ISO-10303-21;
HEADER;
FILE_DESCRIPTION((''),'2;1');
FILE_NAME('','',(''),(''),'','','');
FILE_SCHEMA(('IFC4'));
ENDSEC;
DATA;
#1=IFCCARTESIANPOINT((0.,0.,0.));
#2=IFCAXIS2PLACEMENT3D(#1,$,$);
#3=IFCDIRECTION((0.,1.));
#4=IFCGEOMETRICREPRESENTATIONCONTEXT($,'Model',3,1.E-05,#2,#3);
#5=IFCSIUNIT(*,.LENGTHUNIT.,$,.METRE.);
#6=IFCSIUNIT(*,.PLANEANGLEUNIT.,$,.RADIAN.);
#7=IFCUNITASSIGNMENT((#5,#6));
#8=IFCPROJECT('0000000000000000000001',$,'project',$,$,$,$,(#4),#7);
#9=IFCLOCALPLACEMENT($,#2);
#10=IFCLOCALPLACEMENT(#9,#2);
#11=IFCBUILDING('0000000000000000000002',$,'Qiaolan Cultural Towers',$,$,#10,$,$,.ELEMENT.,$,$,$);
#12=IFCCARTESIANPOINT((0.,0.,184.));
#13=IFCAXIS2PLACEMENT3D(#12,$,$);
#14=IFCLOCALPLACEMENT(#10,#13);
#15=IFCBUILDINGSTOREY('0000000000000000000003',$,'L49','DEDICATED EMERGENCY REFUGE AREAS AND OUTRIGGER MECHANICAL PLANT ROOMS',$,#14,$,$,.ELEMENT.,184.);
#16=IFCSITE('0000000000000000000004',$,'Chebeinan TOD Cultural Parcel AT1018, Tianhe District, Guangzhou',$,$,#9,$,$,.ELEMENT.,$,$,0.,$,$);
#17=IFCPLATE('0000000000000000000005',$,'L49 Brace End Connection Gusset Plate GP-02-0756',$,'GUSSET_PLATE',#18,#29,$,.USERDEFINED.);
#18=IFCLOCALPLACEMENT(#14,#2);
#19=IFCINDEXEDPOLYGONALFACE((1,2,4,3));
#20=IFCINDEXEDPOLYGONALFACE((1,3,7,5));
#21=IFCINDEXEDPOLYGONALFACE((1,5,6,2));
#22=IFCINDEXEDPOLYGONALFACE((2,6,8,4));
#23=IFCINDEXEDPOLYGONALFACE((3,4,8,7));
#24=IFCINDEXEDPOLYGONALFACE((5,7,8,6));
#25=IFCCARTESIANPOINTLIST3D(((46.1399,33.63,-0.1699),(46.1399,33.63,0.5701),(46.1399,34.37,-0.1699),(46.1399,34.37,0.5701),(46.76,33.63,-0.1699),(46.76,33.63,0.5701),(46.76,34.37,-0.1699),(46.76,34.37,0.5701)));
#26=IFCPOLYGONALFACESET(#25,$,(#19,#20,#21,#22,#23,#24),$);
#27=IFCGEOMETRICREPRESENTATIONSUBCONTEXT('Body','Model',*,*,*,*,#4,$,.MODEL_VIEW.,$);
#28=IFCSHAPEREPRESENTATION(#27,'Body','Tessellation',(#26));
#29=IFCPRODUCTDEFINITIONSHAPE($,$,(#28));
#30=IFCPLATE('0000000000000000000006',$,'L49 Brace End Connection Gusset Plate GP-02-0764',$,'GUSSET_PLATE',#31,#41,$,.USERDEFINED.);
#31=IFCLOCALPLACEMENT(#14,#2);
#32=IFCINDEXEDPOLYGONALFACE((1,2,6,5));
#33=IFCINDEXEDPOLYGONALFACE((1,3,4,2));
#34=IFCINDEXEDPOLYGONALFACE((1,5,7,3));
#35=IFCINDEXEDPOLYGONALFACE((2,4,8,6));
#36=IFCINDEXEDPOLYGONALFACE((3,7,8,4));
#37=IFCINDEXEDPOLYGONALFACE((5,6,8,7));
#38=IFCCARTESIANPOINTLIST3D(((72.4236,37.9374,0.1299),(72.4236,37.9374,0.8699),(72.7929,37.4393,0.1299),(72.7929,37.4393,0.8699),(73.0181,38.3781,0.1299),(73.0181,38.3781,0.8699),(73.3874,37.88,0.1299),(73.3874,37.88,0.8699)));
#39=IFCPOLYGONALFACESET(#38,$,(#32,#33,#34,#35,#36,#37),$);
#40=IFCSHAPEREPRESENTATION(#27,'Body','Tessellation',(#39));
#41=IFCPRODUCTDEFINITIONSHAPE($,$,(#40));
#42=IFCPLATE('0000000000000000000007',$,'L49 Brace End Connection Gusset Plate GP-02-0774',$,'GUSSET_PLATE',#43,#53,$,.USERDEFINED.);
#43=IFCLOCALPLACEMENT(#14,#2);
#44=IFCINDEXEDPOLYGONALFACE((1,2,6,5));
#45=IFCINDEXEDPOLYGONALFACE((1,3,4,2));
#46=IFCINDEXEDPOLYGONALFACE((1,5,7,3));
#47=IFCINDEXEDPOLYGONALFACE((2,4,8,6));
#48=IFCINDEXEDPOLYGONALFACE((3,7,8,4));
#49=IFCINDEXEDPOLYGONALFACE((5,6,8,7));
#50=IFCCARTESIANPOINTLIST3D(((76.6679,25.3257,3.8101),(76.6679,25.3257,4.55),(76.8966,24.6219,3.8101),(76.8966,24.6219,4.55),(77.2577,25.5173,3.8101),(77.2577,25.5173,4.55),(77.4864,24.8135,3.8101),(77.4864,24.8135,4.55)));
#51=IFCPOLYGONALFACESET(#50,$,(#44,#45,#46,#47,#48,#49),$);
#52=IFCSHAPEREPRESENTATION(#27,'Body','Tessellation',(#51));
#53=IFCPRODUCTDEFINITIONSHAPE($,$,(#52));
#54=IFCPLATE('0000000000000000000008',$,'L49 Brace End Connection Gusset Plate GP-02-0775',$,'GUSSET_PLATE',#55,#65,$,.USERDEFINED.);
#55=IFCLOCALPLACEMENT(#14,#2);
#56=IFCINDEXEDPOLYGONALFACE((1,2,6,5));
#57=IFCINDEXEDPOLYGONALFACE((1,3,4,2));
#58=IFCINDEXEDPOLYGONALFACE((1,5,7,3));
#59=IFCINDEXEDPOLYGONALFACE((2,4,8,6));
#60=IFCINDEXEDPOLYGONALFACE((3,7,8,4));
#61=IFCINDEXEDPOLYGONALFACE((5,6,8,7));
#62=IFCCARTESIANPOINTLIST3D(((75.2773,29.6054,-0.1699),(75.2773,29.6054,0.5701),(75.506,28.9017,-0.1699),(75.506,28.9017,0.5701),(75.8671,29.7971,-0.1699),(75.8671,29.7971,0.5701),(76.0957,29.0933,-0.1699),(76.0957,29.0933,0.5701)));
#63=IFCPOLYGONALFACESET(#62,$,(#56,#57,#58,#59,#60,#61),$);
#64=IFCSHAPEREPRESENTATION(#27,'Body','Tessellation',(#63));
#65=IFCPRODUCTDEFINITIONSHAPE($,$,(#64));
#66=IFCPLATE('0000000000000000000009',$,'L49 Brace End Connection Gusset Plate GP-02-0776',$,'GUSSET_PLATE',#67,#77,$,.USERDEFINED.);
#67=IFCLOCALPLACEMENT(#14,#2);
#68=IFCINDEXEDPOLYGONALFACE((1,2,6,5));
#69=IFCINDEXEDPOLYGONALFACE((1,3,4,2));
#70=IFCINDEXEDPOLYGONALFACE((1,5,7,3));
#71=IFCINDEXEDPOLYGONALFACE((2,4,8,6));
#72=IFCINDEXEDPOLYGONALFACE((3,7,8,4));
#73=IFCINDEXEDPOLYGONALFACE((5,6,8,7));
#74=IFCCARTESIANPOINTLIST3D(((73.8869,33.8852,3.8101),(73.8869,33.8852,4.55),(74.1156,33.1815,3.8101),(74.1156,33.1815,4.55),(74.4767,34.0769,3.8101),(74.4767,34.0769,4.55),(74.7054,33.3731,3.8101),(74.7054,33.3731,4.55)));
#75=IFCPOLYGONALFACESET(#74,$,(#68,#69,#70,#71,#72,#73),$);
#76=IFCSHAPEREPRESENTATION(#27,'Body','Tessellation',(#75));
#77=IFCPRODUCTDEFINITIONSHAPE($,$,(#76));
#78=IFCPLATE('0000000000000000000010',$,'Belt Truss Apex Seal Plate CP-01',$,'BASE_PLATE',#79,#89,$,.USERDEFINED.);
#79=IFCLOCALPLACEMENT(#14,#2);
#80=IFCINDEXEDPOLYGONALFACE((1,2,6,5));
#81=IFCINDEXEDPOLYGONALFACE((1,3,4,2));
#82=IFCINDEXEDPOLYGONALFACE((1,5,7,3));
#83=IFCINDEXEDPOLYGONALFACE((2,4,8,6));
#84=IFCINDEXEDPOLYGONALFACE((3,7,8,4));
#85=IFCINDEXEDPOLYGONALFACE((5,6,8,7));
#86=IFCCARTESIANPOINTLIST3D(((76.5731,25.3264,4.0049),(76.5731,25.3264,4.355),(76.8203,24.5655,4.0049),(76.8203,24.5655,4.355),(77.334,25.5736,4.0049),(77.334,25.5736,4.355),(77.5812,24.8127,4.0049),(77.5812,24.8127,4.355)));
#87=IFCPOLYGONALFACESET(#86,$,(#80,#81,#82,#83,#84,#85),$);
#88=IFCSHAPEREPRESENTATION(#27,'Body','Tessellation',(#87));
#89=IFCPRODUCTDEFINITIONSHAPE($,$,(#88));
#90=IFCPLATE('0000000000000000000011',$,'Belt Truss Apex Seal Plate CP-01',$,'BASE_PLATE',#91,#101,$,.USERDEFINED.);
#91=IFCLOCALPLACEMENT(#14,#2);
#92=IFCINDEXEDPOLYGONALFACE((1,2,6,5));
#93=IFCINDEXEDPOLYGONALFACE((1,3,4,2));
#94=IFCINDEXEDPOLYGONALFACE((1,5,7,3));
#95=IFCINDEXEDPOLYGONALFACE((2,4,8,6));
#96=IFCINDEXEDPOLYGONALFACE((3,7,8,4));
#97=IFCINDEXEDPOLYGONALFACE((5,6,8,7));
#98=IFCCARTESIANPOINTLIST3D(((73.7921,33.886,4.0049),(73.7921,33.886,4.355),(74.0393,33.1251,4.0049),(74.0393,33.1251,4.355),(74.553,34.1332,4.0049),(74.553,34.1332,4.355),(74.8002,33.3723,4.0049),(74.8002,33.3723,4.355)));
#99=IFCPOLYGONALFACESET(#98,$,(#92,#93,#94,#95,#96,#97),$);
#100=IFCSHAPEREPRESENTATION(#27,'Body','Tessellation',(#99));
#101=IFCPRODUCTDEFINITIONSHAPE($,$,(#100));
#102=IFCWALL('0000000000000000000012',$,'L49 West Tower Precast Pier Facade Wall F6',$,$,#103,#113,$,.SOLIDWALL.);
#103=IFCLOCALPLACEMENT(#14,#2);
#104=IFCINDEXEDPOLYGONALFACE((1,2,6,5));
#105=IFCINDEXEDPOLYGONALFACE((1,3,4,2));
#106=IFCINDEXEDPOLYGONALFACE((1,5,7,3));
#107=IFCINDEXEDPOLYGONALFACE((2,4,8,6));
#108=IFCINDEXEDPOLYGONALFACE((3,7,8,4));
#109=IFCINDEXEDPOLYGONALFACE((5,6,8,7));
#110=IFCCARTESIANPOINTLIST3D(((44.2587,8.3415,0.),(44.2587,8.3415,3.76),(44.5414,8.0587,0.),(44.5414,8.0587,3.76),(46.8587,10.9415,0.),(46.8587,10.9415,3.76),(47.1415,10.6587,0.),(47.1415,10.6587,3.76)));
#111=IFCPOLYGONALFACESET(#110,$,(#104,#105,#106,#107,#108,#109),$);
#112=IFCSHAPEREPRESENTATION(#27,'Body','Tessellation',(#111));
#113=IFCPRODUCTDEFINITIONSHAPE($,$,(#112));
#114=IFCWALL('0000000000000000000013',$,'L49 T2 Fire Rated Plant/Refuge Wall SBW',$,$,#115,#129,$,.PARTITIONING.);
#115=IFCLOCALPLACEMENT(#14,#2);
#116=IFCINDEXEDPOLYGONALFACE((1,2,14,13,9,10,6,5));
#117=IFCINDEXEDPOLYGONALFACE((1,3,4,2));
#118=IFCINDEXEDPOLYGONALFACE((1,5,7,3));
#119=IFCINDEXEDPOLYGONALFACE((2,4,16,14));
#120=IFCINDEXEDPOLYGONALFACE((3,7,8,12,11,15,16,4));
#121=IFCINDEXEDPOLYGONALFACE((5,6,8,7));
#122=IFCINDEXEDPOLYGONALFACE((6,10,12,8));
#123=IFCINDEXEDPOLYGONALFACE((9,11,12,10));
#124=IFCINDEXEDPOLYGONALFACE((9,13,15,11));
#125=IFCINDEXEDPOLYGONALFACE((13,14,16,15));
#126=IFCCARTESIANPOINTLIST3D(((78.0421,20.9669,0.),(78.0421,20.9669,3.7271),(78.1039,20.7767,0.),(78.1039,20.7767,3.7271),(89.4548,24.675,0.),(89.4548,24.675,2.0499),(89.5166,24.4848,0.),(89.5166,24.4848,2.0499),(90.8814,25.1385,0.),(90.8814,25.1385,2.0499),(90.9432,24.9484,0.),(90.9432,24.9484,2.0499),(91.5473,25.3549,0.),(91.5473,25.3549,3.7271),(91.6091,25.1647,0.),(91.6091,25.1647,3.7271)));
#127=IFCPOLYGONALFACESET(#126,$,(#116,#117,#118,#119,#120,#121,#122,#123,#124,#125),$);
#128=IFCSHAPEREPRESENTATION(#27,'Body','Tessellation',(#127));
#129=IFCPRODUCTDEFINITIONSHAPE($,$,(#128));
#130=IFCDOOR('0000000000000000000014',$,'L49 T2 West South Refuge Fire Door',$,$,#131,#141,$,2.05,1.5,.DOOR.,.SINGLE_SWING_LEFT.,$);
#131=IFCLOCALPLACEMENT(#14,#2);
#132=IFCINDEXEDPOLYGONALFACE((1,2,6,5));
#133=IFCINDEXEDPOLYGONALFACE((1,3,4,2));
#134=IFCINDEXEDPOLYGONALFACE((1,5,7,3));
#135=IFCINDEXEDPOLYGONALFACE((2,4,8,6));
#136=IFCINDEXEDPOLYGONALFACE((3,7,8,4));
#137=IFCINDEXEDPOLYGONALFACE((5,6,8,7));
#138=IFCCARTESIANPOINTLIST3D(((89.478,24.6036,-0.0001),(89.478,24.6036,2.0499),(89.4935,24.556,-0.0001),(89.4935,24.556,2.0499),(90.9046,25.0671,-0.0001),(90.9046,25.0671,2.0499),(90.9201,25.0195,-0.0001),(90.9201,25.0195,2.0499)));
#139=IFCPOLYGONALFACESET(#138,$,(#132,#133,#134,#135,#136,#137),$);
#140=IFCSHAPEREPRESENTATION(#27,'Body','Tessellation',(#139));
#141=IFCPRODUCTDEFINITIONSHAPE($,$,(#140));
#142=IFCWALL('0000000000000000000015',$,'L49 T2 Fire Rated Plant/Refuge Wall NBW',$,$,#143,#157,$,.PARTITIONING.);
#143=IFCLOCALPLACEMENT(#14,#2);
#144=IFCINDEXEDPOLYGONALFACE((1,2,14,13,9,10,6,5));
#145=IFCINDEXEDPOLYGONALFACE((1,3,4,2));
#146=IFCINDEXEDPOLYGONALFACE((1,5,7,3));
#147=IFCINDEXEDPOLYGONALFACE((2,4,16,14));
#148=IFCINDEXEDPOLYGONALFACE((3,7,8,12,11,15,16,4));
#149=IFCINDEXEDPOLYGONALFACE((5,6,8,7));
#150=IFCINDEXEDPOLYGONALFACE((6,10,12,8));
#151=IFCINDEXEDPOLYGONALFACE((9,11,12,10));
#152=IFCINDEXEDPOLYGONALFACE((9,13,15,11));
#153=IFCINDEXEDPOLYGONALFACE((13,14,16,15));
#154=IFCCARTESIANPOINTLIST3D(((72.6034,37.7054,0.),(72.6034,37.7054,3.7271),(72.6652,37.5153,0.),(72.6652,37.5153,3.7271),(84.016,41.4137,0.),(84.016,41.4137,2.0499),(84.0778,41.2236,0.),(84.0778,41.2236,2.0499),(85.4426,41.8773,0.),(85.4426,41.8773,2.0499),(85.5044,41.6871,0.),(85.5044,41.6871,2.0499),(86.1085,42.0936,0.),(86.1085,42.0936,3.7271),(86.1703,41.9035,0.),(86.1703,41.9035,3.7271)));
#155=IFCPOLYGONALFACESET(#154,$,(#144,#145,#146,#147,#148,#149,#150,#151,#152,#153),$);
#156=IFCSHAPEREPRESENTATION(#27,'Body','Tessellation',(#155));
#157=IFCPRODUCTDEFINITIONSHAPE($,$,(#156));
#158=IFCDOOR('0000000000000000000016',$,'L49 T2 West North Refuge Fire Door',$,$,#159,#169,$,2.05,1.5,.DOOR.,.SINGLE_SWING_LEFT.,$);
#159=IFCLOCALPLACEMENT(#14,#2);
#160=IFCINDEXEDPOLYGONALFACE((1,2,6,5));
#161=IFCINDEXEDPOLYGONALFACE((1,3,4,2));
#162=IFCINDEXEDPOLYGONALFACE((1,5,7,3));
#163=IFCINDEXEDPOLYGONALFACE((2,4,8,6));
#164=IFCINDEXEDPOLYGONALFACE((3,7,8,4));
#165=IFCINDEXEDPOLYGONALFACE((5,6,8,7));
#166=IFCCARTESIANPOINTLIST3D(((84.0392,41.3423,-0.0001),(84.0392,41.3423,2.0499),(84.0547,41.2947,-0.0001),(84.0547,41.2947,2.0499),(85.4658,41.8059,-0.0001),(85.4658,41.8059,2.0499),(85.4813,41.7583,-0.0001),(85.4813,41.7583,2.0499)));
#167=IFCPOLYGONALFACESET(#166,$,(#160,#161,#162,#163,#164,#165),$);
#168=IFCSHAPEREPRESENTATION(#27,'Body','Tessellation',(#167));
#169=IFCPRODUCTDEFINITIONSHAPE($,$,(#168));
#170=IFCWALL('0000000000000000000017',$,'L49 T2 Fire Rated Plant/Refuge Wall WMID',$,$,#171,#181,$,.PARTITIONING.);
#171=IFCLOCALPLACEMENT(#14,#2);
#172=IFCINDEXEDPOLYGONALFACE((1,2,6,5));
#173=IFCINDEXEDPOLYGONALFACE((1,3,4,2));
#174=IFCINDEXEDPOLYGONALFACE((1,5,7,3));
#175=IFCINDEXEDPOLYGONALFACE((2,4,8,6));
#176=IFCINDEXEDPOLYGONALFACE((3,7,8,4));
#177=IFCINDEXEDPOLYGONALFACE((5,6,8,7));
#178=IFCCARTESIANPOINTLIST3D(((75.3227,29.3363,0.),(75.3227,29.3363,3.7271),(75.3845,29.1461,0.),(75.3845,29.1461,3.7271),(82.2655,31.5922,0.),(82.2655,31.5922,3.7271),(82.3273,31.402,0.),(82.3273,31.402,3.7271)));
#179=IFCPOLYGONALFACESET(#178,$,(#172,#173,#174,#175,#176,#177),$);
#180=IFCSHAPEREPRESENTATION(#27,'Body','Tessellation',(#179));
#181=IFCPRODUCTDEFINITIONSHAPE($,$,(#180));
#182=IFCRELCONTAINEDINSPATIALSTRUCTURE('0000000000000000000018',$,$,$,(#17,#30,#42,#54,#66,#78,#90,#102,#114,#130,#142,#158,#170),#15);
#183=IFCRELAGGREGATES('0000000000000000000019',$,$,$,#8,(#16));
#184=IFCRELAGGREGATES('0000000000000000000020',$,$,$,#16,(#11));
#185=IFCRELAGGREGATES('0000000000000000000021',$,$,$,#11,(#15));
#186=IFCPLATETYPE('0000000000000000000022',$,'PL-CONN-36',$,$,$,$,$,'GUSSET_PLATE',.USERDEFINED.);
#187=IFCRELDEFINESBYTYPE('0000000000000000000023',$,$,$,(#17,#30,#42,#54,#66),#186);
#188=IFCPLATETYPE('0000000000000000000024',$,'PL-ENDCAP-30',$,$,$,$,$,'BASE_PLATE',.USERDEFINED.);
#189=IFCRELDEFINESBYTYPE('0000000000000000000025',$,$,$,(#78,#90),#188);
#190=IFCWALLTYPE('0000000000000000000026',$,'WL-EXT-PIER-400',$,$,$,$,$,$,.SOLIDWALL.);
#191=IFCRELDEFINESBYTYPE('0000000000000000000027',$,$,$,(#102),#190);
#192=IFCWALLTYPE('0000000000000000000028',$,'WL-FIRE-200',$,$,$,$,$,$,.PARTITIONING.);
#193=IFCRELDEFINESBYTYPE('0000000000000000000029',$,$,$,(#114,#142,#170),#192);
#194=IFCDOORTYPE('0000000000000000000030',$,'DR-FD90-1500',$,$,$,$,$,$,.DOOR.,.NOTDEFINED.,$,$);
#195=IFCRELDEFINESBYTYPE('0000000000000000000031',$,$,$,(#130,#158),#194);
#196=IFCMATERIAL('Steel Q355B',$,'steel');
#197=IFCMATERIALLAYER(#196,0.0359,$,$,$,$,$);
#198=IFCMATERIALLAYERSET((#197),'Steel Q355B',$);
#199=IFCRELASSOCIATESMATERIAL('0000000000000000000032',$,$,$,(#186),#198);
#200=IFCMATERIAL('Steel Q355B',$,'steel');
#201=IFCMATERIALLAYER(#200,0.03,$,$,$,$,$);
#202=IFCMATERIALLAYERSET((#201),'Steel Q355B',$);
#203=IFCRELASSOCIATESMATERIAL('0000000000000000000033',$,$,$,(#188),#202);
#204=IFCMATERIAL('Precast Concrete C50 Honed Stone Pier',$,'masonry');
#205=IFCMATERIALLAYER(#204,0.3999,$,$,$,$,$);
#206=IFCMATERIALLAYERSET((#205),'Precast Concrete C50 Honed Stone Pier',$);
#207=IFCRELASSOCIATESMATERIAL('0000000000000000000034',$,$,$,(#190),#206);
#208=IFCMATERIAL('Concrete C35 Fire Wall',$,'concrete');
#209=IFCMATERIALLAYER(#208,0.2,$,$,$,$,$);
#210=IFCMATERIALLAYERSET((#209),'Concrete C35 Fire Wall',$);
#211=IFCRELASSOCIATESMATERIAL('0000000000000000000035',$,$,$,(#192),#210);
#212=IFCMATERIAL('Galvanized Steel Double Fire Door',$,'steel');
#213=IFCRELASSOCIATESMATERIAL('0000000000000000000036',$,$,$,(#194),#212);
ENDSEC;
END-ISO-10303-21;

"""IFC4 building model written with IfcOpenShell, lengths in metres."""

from ifc_helpers import new_model, si_unit, direction, frame, frame_2d, origin, origin_2d, place, context, subcontext, project, spatial, rectangle, extrude, material, layer, layer_set, type_object, element, fill, save


model = new_model("IFC4")

# Units and contexts
model_context = context("Model", 3, precision=1e-05, world=origin(), true_north=direction((0.0, 1.0)))
body_context = subcontext(model_context, "Body", "Model", "MODEL_VIEW")
ifc_project = project(units=[si_unit("LENGTHUNIT", "METRE"), si_unit("PLANEANGLEUNIT", "RADIAN")], contexts=[model_context])

# Site, building, storey
site_placement = place(None, origin())
site = spatial("IfcSite", under=ifc_project, at=site_placement, Name="Chebeinan TOD Cultural Parcel AT1018, Tianhe District, Guangzhou", CompositionType="ELEMENT", RefElevation=0.0)
building_placement = place(site_placement, origin())
building = spatial("IfcBuilding", under=site, at=building_placement, Name="Qiaolan Cultural Towers", CompositionType="ELEMENT")
storey_placement = place(building_placement, frame((0.0, 0.0, 184.0)))
storey = spatial("IfcBuildingStorey", under=building, at=storey_placement, Name="L49", Description="DEDICATED EMERGENCY REFUGE AREAS AND OUTRIGGER MECHANICAL PLANT ROOMS", CompositionType="ELEMENT", Elevation=184.0)

# Plates
ifc_material_1 = material(Name="Steel Q355B", Category="steel")
ifc_layer_1 = layer(ifc_material_1, 0.0359)
ifc_layer_set_1 = layer_set([ifc_layer_1], Name="Steel Q355B")
plate_type_1 = type_object("IfcPlateType", Name="PL-CONN-36", ElementType="GUSSET_PLATE", PredefinedType="USERDEFINED", material=ifc_layer_set_1)
for number, where, z_axis, x_axis, name in (
    (1, (46.45, 34.0, -0.1699), (0.0, 0.0, 1.0), (0.0, 1.0, 0.0), "L49 Brace End Connection Gusset Plate GP-02-0756"),
    (2, (72.9055, 37.9087, 0.1299), (0.0, 0.0, 1.0), (0.803335, 0.595527, 0.0), "L49 Brace End Connection Gusset Plate GP-02-0764"),
    (3, (77.0771, 25.0696, 3.8101), (0.0, 0.0, 1.0), (-0.309017, 0.951057, 0.0), "L49 Brace End Connection Gusset Plate GP-02-0774"),
    (4, (75.6865, 29.3494, -0.1699), (0.0, 0.0, 1.0), (-0.309017, 0.951057, 0.0), "L49 Brace End Connection Gusset Plate GP-02-0775"),
    (5, (74.2961, 33.6292, 3.8101), (0.0, 0.0, 1.0), (-0.309017, 0.951057, 0.0), "L49 Brace End Connection Gusset Plate GP-02-0776"),
):
    element("IfcPlate", number, at=place(storey_placement, frame(where, z_axis=z_axis, x_axis=x_axis)), inside=storey, type_object=plate_type_1, Name=name, ObjectType="GUSSET_PLATE", PredefinedType="USERDEFINED", context=body_context, shape_type="SweptSolid", body=[
        extrude(rectangle(XDim=0.74, YDim=0.6201, at=origin_2d()), origin(), (0.0, 0.0, 1.0), 0.74),
    ])
ifc_material_2 = material(Name="Steel Q355B", Category="steel")
ifc_layer_2 = layer(ifc_material_2, 0.03)
ifc_layer_set_2 = layer_set([ifc_layer_2], Name="Steel Q355B")
plate_type_2 = type_object("IfcPlateType", Name="PL-ENDCAP-30", ElementType="BASE_PLATE", PredefinedType="USERDEFINED", material=ifc_layer_set_2)
for number, where, z_axis, x_axis, name in (
    (6, (77.0771, 25.0696, 4.0049), (0.0, 0.0, 1.0), (0.951057, 0.309017, 0.0), "Belt Truss Apex Seal Plate CP-01"),
    (7, (74.2961, 33.6292, 4.0049), (0.0, 0.0, 1.0), (0.951057, 0.309017, 0.0), "Belt Truss Apex Seal Plate CP-01"),
):
    element("IfcPlate", number, at=place(storey_placement, frame(where, z_axis=z_axis, x_axis=x_axis)), inside=storey, type_object=plate_type_2, Name=name, ObjectType="BASE_PLATE", PredefinedType="USERDEFINED", context=body_context, shape_type="SweptSolid", body=[
        extrude(rectangle(XDim=0.8, YDim=0.8, at=origin_2d()), origin(), (0.0, 0.0, 1.0), 0.3501),
    ])

# Wall
ifc_material_3 = material(Name="Precast Concrete C50 Honed Stone Pier", Category="masonry")
ifc_layer_3 = layer(ifc_material_3, 0.3999)
ifc_layer_set_3 = layer_set([ifc_layer_3], Name="Precast Concrete C50 Honed Stone Pier")
wall_type_1 = type_object("IfcWallType", Name="WL-EXT-PIER-400", PredefinedType="SOLIDWALL", material=ifc_layer_set_3)
wall_1_placement = place(storey_placement, frame((47.0, 10.8, 0.0), z_axis=(0.0, 0.0, 1.0), x_axis=(-0.707107, -0.707107, 0.0)))
element("IfcWall", 8, at=wall_1_placement, inside=storey, type_object=wall_type_1, Name="L49 West Tower Precast Pier Facade Wall F6", PredefinedType="SOLIDWALL", context=body_context, shape_type="SweptSolid", body=[
    extrude(rectangle(XDim=3.677, YDim=0.3999, at=frame_2d((1.8384, 0.0))), origin(), (0.0, 0.0, 1.0), 3.76),
])

# Walls, openings, doors
ifc_material_4 = material(Name="Concrete C35 Fire Wall", Category="concrete")
ifc_layer_4 = layer(ifc_material_4, 0.2)
ifc_layer_set_4 = layer_set([ifc_layer_4], Name="Concrete C35 Fire Wall")
wall_type_2 = type_object("IfcWallType", Name="WL-FIRE-200", PredefinedType="PARTITIONING", material=ifc_layer_set_4)
wall_2_placement = place(storey_placement, frame((78.073, 20.8718, 0.0), z_axis=(0.0, 0.0, 1.0), x_axis=(0.951059, 0.309008, 0.0)))
wall_2 = element("IfcWall", 9, at=wall_2_placement, inside=storey, type_object=wall_type_2, Name="L49 T2 Fire Rated Plant/Refuge Wall SBW", PredefinedType="PARTITIONING", context=body_context, shape_type="SweptSolid", body=[
    extrude(rectangle(XDim=14.2002, YDim=0.2, at=frame_2d((7.1001, 0.0))), origin(), (0.0, 0.0, 1.0), 3.7271),
])
opening_1_placement = place(wall_2_placement, frame((12.0, 0.0, 0.0)))
opening_1 = element("IfcOpeningElement", 10, at=opening_1_placement, cuts=wall_2, PredefinedType="OPENING", context=body_context, shape_type="SweptSolid", body=[
    extrude(rectangle(XDim=1.5, YDim=2.05, at=frame_2d((0.75, 1.0249))), frame((0.0, 0.1099, 0.0), z_axis=(0.0, -1.0, 0.0), x_axis=(1.0, 0.0, 0.0)), (0.0, 0.0, 1.0), 0.22),
])
ifc_material_5 = material(Name="Galvanized Steel Double Fire Door", Category="steel")
door_type = type_object("IfcDoorType", Name="DR-FD90-1500", OperationType="NOTDEFINED", PredefinedType="DOOR", material=ifc_material_5)
door_1_placement = place(opening_1_placement, origin())
door_1 = element("IfcDoor", 11, at=door_1_placement, inside=storey, type_object=door_type, Name="L49 T2 West South Refuge Fire Door", OperationType="SINGLE_SWING_LEFT", OverallHeight=2.05, OverallWidth=1.5, PredefinedType="DOOR", context=body_context, shape_type="SweptSolid", body=[
    extrude(rectangle(XDim=1.5, YDim=2.05, at=frame_2d((0.75, 1.0249))), frame((0.0, 0.0249, 0.0), z_axis=(0.0, -1.0, 0.0), x_axis=(1.0, 0.0, 0.0)), (0.0, 0.0, 1.0), 0.05),
])
fill(opening_1, door_1)
wall_3_placement = place(storey_placement, frame((72.6343, 37.6104, 0.0), z_axis=(0.0, 0.0, 1.0), x_axis=(0.951054, 0.309023, 0.0)))
wall_3 = element("IfcWall", 12, at=wall_3_placement, inside=storey, type_object=wall_type_2, Name="L49 T2 Fire Rated Plant/Refuge Wall NBW", PredefinedType="PARTITIONING", context=body_context, shape_type="SweptSolid", body=[
    extrude(rectangle(XDim=14.2002, YDim=0.2, at=frame_2d((7.1001, 0.0))), origin(), (0.0, 0.0, 1.0), 3.7271),
])
opening_2_placement = place(wall_3_placement, frame((12.0, 0.0, 0.0)))
opening_2 = element("IfcOpeningElement", 13, at=opening_2_placement, cuts=wall_3, PredefinedType="OPENING", context=body_context, shape_type="SweptSolid", body=[
    extrude(rectangle(XDim=1.5, YDim=2.05, at=frame_2d((0.75, 1.0249))), frame((0.0, 0.1099, 0.0), z_axis=(0.0, -1.0, 0.0), x_axis=(1.0, 0.0, 0.0)), (0.0, 0.0, 1.0), 0.22),
])
door_2_placement = place(opening_2_placement, origin())
door_2 = element("IfcDoor", 14, at=door_2_placement, inside=storey, type_object=door_type, Name="L49 T2 West North Refuge Fire Door", OperationType="SINGLE_SWING_LEFT", OverallHeight=2.05, OverallWidth=1.5, PredefinedType="DOOR", context=body_context, shape_type="SweptSolid", body=[
    extrude(rectangle(XDim=1.5, YDim=2.05, at=frame_2d((0.75, 1.0249))), frame((0.0, 0.0249, 0.0), z_axis=(0.0, -1.0, 0.0), x_axis=(1.0, 0.0, 0.0)), (0.0, 0.0, 1.0), 0.05),
])
fill(opening_2, door_2)

# Wall
wall_4_placement = place(storey_placement, frame((75.3538, 29.2412, 0.0), z_axis=(0.0, 0.0, 1.0), x_axis=(0.951054, 0.309025, 0.0)))
element("IfcWall", 15, at=wall_4_placement, inside=storey, type_object=wall_type_2, Name="L49 T2 Fire Rated Plant/Refuge Wall WMID", PredefinedType="PARTITIONING", context=body_context, shape_type="SweptSolid", body=[
    extrude(rectangle(XDim=7.3, YDim=0.2, at=frame_2d((3.6499, 0.0))), origin(), (0.0, 0.0, 1.0), 3.7271),
])

save(model, "model.ifc")
